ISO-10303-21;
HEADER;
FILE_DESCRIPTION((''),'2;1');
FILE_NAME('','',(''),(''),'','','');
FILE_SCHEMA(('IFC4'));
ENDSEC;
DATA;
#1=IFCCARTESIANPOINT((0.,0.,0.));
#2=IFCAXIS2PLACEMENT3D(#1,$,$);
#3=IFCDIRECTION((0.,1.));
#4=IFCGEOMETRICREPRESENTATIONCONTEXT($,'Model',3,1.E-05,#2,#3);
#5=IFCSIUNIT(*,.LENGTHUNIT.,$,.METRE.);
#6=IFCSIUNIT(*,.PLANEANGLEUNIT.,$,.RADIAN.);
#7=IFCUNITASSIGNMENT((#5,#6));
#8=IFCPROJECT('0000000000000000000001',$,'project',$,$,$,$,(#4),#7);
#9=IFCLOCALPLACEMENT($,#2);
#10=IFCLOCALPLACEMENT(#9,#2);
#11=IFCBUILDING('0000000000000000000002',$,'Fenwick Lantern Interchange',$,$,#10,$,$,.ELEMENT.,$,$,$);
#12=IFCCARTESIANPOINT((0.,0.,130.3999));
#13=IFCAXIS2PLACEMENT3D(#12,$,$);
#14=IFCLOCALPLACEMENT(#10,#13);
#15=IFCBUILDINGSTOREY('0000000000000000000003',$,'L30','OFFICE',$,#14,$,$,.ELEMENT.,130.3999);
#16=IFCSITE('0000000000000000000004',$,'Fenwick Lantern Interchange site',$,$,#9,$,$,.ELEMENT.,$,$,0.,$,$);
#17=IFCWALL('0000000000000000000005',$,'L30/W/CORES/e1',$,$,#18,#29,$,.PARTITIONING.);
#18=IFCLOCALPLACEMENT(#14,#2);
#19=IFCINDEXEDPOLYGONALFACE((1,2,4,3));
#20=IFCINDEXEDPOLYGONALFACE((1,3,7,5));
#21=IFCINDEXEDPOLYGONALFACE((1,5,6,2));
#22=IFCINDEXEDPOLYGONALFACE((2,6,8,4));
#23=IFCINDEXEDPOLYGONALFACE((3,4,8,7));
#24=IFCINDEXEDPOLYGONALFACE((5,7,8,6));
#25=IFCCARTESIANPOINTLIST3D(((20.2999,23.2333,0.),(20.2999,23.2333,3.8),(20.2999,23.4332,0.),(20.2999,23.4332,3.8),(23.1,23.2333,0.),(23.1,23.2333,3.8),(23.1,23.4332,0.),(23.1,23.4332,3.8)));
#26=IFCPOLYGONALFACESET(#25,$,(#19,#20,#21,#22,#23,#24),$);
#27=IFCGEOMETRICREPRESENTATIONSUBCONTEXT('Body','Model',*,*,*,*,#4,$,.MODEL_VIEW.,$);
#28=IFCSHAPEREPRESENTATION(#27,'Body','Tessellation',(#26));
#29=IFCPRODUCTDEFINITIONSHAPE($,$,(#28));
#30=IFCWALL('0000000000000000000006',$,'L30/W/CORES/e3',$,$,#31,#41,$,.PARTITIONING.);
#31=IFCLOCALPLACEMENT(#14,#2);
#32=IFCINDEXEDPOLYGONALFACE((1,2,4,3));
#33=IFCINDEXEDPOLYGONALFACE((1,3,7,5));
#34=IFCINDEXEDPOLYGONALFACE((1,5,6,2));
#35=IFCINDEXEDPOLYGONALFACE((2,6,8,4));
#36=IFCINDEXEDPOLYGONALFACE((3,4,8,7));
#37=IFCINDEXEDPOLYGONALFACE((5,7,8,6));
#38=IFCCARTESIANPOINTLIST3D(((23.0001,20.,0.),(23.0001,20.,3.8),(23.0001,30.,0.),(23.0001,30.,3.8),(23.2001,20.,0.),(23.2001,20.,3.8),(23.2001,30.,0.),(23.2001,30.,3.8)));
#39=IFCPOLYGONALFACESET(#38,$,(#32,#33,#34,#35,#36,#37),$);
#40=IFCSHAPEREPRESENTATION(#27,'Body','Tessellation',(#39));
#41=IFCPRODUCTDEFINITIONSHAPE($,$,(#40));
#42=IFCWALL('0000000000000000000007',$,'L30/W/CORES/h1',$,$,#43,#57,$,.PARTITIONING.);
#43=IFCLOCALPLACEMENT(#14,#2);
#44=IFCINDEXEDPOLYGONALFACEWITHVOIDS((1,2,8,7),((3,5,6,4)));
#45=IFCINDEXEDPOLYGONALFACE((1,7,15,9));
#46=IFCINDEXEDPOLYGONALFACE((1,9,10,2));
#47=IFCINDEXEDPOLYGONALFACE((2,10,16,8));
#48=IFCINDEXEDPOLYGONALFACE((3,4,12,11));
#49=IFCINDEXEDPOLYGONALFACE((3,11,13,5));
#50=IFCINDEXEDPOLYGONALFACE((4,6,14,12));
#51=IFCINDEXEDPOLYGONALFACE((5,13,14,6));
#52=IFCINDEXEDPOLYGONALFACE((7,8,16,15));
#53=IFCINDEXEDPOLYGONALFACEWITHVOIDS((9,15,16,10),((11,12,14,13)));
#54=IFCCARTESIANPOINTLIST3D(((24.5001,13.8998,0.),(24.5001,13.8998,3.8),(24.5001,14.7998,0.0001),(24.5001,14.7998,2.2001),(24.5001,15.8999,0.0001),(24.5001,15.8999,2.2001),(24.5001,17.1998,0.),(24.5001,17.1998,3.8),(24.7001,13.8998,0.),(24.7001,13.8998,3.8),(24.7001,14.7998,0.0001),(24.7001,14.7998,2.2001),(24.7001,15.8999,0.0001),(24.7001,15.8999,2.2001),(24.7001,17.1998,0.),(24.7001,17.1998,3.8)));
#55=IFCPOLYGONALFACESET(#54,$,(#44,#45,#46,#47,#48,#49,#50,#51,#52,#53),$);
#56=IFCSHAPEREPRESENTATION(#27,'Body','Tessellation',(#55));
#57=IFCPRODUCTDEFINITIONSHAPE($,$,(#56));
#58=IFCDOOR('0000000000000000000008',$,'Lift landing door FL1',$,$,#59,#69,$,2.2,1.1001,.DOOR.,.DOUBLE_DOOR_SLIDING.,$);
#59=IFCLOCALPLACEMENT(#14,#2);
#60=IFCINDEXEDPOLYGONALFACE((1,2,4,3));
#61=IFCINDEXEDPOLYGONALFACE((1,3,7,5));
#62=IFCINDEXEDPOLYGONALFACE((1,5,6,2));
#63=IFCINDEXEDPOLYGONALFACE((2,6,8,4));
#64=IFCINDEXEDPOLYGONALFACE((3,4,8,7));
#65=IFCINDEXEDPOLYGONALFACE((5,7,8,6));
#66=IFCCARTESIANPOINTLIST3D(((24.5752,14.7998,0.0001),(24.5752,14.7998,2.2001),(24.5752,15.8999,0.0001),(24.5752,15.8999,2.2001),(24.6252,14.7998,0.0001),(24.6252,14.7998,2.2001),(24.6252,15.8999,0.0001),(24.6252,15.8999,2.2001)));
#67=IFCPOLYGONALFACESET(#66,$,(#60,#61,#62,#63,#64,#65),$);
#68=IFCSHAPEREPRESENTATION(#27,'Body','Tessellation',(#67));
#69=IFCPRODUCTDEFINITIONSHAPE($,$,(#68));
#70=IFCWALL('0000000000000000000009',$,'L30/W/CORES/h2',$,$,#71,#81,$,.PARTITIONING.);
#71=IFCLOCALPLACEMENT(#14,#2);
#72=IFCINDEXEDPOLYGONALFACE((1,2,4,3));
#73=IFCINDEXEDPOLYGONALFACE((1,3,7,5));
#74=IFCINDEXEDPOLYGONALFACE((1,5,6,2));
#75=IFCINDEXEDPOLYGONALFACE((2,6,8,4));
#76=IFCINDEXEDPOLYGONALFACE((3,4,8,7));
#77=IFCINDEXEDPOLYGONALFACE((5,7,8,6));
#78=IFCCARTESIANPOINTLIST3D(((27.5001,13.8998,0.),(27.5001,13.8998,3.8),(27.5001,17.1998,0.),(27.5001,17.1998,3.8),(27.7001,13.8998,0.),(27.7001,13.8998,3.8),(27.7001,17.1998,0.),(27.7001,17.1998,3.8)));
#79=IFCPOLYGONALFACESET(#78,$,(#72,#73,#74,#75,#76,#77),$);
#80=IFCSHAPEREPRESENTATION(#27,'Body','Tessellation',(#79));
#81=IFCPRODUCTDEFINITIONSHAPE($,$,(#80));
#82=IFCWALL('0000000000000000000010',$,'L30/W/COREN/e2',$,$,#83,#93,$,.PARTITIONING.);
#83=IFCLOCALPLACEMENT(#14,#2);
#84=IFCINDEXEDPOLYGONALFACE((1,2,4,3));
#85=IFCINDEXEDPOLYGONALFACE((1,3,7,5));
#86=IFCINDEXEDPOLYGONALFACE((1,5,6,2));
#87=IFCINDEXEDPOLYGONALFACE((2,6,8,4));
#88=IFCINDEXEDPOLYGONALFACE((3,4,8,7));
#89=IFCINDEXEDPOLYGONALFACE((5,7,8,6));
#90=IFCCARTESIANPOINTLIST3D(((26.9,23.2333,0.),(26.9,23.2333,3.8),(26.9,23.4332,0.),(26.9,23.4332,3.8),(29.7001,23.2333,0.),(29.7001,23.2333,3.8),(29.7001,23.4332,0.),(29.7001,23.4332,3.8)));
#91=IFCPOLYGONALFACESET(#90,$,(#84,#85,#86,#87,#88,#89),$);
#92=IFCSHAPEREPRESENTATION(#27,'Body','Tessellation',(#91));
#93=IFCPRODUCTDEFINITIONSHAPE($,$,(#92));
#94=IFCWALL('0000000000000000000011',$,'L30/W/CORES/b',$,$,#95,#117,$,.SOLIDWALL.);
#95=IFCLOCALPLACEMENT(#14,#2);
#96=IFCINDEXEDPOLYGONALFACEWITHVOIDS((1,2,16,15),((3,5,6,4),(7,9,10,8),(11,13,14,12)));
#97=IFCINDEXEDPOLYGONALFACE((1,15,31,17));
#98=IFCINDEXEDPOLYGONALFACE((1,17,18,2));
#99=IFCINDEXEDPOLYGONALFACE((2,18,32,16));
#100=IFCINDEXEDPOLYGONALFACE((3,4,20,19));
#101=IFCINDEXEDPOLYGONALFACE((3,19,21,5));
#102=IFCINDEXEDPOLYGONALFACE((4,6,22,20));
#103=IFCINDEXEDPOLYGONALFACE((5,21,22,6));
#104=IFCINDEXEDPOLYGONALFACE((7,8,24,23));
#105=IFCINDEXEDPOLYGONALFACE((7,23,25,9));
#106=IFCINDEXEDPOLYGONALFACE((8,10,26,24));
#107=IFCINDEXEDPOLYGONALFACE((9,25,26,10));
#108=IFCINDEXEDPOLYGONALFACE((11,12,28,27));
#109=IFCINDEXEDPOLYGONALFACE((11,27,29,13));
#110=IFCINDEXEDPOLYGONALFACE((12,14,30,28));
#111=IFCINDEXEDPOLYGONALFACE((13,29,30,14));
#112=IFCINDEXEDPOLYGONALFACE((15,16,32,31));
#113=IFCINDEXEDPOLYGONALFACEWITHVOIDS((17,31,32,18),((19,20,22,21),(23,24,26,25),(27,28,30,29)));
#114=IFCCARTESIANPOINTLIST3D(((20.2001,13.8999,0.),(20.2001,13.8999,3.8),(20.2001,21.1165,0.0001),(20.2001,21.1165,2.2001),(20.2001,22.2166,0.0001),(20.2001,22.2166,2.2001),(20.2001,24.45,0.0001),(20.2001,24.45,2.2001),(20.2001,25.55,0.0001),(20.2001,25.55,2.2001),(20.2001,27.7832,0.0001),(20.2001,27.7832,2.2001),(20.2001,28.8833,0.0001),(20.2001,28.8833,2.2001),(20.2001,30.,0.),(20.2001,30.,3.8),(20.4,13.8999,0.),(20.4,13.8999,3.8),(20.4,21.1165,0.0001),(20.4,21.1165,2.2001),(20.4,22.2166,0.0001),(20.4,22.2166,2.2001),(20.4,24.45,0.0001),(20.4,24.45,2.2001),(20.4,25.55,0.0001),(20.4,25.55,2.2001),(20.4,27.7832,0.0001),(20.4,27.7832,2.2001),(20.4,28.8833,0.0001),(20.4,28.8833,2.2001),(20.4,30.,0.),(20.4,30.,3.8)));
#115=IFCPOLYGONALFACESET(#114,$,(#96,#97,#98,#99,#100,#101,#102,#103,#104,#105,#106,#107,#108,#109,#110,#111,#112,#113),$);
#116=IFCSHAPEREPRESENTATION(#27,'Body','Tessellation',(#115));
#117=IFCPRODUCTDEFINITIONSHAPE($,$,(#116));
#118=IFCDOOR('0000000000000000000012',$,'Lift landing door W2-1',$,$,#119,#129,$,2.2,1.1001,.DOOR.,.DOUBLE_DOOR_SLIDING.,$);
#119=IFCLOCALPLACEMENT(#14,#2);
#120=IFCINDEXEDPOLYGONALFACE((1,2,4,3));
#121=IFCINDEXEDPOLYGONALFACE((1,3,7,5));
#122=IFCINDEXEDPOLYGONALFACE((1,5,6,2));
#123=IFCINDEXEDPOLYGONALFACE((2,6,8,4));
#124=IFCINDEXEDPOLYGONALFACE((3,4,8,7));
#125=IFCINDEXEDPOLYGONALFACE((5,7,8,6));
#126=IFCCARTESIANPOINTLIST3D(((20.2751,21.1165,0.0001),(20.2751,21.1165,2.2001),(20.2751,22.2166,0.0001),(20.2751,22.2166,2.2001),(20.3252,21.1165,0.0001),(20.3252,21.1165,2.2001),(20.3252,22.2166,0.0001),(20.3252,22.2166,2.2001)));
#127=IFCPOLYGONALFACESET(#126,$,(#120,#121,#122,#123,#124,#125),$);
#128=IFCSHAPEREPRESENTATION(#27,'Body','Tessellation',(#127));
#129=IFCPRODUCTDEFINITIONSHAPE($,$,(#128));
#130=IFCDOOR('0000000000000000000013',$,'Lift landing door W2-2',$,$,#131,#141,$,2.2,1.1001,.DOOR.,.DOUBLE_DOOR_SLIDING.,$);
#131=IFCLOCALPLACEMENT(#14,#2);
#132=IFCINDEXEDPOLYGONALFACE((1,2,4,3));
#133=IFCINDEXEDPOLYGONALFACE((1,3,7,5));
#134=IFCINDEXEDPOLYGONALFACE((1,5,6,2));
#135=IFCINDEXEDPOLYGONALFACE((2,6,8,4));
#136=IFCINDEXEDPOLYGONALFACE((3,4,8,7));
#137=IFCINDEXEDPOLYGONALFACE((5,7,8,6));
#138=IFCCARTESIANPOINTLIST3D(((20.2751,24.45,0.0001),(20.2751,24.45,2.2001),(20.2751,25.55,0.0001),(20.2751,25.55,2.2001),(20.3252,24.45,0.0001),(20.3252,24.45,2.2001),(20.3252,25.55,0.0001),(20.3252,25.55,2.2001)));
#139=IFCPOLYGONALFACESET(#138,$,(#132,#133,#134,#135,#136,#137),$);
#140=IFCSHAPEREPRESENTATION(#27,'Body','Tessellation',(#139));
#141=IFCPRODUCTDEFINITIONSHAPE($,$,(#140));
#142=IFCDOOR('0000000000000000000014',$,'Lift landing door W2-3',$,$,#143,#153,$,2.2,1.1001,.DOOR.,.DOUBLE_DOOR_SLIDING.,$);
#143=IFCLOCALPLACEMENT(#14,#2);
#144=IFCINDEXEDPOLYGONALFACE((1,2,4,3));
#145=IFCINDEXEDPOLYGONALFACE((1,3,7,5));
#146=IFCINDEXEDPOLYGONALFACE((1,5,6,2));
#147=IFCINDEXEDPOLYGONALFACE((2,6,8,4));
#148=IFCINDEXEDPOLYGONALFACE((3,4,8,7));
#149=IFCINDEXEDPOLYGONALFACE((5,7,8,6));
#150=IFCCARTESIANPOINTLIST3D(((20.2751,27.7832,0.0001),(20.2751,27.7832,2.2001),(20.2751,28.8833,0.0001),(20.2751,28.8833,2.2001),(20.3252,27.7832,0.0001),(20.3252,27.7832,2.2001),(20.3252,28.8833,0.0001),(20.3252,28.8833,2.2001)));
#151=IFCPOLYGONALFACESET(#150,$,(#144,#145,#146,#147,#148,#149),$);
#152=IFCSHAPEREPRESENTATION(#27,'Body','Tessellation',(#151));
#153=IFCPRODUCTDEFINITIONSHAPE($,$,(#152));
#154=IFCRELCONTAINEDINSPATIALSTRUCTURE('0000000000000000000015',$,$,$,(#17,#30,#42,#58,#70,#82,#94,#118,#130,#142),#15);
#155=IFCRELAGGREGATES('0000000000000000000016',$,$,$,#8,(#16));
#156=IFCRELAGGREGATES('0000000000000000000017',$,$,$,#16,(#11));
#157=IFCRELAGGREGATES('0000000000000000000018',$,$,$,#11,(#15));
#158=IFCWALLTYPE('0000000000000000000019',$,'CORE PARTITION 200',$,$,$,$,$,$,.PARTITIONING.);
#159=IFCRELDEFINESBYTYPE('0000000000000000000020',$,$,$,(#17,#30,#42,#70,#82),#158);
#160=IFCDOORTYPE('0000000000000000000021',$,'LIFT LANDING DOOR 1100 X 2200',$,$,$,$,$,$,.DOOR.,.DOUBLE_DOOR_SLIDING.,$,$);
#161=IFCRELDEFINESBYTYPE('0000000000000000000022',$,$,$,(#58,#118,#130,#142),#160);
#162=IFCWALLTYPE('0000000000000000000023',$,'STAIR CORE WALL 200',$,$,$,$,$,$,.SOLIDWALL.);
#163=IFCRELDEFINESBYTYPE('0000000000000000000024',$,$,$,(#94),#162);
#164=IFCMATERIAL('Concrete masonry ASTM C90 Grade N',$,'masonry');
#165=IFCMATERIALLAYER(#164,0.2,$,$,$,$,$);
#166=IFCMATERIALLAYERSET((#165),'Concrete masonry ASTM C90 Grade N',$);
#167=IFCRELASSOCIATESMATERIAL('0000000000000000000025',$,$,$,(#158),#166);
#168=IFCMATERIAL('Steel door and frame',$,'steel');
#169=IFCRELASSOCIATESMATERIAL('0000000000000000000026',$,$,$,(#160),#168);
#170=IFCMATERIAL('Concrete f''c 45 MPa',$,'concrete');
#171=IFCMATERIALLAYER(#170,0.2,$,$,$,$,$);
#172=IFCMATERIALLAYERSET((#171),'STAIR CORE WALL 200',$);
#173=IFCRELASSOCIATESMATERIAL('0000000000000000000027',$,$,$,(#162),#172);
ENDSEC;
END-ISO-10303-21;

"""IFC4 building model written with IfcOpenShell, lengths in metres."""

from ifc_helpers import new_model, si_unit, direction, frame, frame_2d, origin, place, context, subcontext, project, spatial, rectangle, extrude, material, layer, layer_set, type_object, element, fill, save


model = new_model("IFC4")

# Units and contexts
model_context = context("Model", 3, precision=1e-05, world=origin(), true_north=direction((0.0, 1.0)))
body_context = subcontext(model_context, "Body", "Model", "MODEL_VIEW")
ifc_project = project(units=[si_unit("LENGTHUNIT", "METRE"), si_unit("PLANEANGLEUNIT", "RADIAN")], contexts=[model_context])

# Site, building, storey
site_placement = place(None, origin())
site = spatial("IfcSite", under=ifc_project, at=site_placement, Name="Fenwick Lantern Interchange site", CompositionType="ELEMENT", RefElevation=0.0)
building_placement = place(site_placement, origin())
building = spatial("IfcBuilding", under=site, at=building_placement, Name="Fenwick Lantern Interchange", CompositionType="ELEMENT")
storey_placement = place(building_placement, frame((0.0, 0.0, 130.3999)))
storey = spatial("IfcBuildingStorey", under=building, at=storey_placement, Name="L30", Description="OFFICE", CompositionType="ELEMENT", Elevation=130.3999)

# Walls
ifc_material_1 = material(Name="Concrete masonry ASTM C90 Grade N", Category="masonry")
ifc_layer_1 = layer(ifc_material_1, 0.2)
ifc_layer_set_1 = layer_set([ifc_layer_1], Name="Concrete masonry ASTM C90 Grade N")
wall_type_1 = type_object("IfcWallType", Name="CORE PARTITION 200", PredefinedType="PARTITIONING", material=ifc_layer_set_1)
wall_1_placement = place(storey_placement, frame((20.3, 23.3333, 0.0), z_axis=(0.0, 0.0, 1.0), x_axis=(1.0, 0.0, 0.0)))
element("IfcWall", 1, at=wall_1_placement, inside=storey, type_object=wall_type_1, Name="L30/W/CORES/e1", PredefinedType="PARTITIONING", context=body_context, shape_type="SweptSolid", body=[
    extrude(rectangle(XDim=2.8, YDim=0.2, at=frame_2d((1.3999, 0.0))), origin(), (0.0, 0.0, 1.0), 3.8),
])
wall_2_placement = place(storey_placement, frame((23.1001, 20.0, 0.0), z_axis=(0.0, 0.0, 1.0), x_axis=(0.0, 1.0, 0.0)))
element("IfcWall", 2, at=wall_2_placement, inside=storey, type_object=wall_type_1, Name="L30/W/CORES/e3", PredefinedType="PARTITIONING", context=body_context, shape_type="SweptSolid", body=[
    extrude(rectangle(XDim=10.0, YDim=0.2, at=frame_2d((5.0, 0.0))), origin(), (0.0, 0.0, 1.0), 3.8),
])

# Wall, opening, door
wall_3_placement = place(storey_placement, frame((24.6001, 13.8999, 0.0), z_axis=(0.0, 0.0, 1.0), x_axis=(0.0, 1.0, 0.0)))
wall_3 = element("IfcWall", 3, at=wall_3_placement, inside=storey, type_object=wall_type_1, Name="L30/W/CORES/h1", PredefinedType="PARTITIONING", context=body_context, shape_type="SweptSolid", body=[
    extrude(rectangle(XDim=3.3, YDim=0.2, at=frame_2d((1.6499, 0.0))), origin(), (0.0, 0.0, 1.0), 3.8),
])
opening_1_placement = place(wall_3_placement, frame((0.8999, 0.0, 0.0)))
opening_1 = element("IfcOpeningElement", 4, at=opening_1_placement, cuts=wall_3, PredefinedType="OPENING", context=body_context, shape_type="SweptSolid", body=[
    extrude(rectangle(XDim=1.1001, YDim=2.2, at=frame_2d((0.55, 1.1001))), frame((0.0, 0.1099, 0.0), z_axis=(0.0, -1.0, 0.0), x_axis=(1.0, 0.0, 0.0)), (0.0, 0.0, 1.0), 0.22),
])
ifc_material_2 = material(Name="Steel door and frame", Category="steel")
door_type_1 = type_object("IfcDoorType", Name="LIFT LANDING DOOR 1100 X 2200", OperationType="DOUBLE_DOOR_SLIDING", PredefinedType="DOOR", material=ifc_material_2)
door_1_placement = place(opening_1_placement, origin())
door_1 = element("IfcDoor", 5, at=door_1_placement, inside=storey, type_object=door_type_1, Name="Lift landing door FL1", OperationType="DOUBLE_DOOR_SLIDING", OverallHeight=2.2, OverallWidth=1.1001, PredefinedType="DOOR", context=body_context, shape_type="SweptSolid", body=[
    extrude(rectangle(XDim=1.1001, YDim=2.2, at=frame_2d((0.55, 1.1001))), frame((0.0, 0.0249, 0.0), z_axis=(0.0, -1.0, 0.0), x_axis=(1.0, 0.0, 0.0)), (0.0, 0.0, 1.0), 0.05),
])
fill(opening_1, door_1)

# Walls
wall_4_placement = place(storey_placement, frame((27.6001, 13.8999, 0.0), z_axis=(0.0, 0.0, 1.0), x_axis=(0.0, 1.0, 0.0)))
element("IfcWall", 6, at=wall_4_placement, inside=storey, type_object=wall_type_1, Name="L30/W/CORES/h2", PredefinedType="PARTITIONING", context=body_context, shape_type="SweptSolid", body=[
    extrude(rectangle(XDim=3.3, YDim=0.2, at=frame_2d((1.6499, 0.0))), origin(), (0.0, 0.0, 1.0), 3.8),
])
wall_5_placement = place(storey_placement, frame((29.7, 23.3333, 0.0), z_axis=(0.0, 0.0, 1.0), x_axis=(-1.0, 0.0, 0.0)))
element("IfcWall", 7, at=wall_5_placement, inside=storey, type_object=wall_type_1, Name="L30/W/COREN/e2", PredefinedType="PARTITIONING", context=body_context, shape_type="SweptSolid", body=[
    extrude(rectangle(XDim=2.8, YDim=0.2, at=frame_2d((1.3999, 0.0))), origin(), (0.0, 0.0, 1.0), 3.8),
])

# Wall, openings, doors
ifc_material_3 = material(Name="Concrete f'c 45 MPa", Category="concrete")
ifc_layer_2 = layer(ifc_material_3, 0.2)
ifc_layer_set_2 = layer_set([ifc_layer_2], Name="STAIR CORE WALL 200")
wall_type_2 = type_object("IfcWallType", Name="STAIR CORE WALL 200", PredefinedType="SOLIDWALL", material=ifc_layer_set_2)
wall_6_placement = place(storey_placement, frame((20.3, 13.8999, 0.0), z_axis=(0.0, 0.0, 1.0), x_axis=(0.0, 1.0, 0.0)))
wall_6 = element("IfcWall", 8, at=wall_6_placement, inside=storey, type_object=wall_type_2, Name="L30/W/CORES/b", PredefinedType="SOLIDWALL", context=body_context, shape_type="SweptSolid", body=[
    extrude(rectangle(XDim=16.1001, YDim=0.2, at=frame_2d((8.05, 0.0))), origin(), (0.0, 0.0, 1.0), 3.8),
])
opening_2_placement = place(wall_6_placement, frame((7.2166, 0.0, 0.0)))
opening_2 = element("IfcOpeningElement", 9, at=opening_2_placement, cuts=wall_6, PredefinedType="OPENING", context=body_context, shape_type="SweptSolid", body=[
    extrude(rectangle(XDim=1.1001, YDim=2.2, at=frame_2d((0.55, 1.1001))), frame((0.0, 0.1099, 0.0), z_axis=(0.0, -1.0, 0.0), x_axis=(1.0, 0.0, 0.0)), (0.0, 0.0, 1.0), 0.22),
])
opening_3_placement = place(wall_6_placement, frame((10.55, 0.0, 0.0)))
opening_3 = element("IfcOpeningElement", 10, at=opening_3_placement, cuts=wall_6, PredefinedType="OPENING", context=body_context, shape_type="SweptSolid", body=[
    extrude(rectangle(XDim=1.1001, YDim=2.2, at=frame_2d((0.55, 1.1001))), frame((0.0, 0.1099, 0.0), z_axis=(0.0, -1.0, 0.0), x_axis=(1.0, 0.0, 0.0)), (0.0, 0.0, 1.0), 0.22),
])
opening_4_placement = place(wall_6_placement, frame((13.8833, 0.0, 0.0)))
opening_4 = element("IfcOpeningElement", 11, at=opening_4_placement, cuts=wall_6, PredefinedType="OPENING", context=body_context, shape_type="SweptSolid", body=[
    extrude(rectangle(XDim=1.1001, YDim=2.2, at=frame_2d((0.55, 1.1001))), frame((0.0, 0.1099, 0.0), z_axis=(0.0, -1.0, 0.0), x_axis=(1.0, 0.0, 0.0)), (0.0, 0.0, 1.0), 0.22),
])
door_2_placement = place(opening_2_placement, origin())
door_2 = element("IfcDoor", 12, at=door_2_placement, inside=storey, type_object=door_type_1, Name="Lift landing door W2-1", OperationType="DOUBLE_DOOR_SLIDING", OverallHeight=2.2, OverallWidth=1.1001, PredefinedType="DOOR", context=body_context, shape_type="SweptSolid", body=[
    extrude(rectangle(XDim=1.1001, YDim=2.2, at=frame_2d((0.55, 1.1001))), frame((0.0, 0.0249, 0.0), z_axis=(0.0, -1.0, 0.0), x_axis=(1.0, 0.0, 0.0)), (0.0, 0.0, 1.0), 0.05),
])
fill(opening_2, door_2)
door_3_placement = place(opening_3_placement, origin())
door_3 = element("IfcDoor", 13, at=door_3_placement, inside=storey, type_object=door_type_1, Name="Lift landing door W2-2", OperationType="DOUBLE_DOOR_SLIDING", OverallHeight=2.2, OverallWidth=1.1001, PredefinedType="DOOR", context=body_context, shape_type="SweptSolid", body=[
    extrude(rectangle(XDim=1.1001, YDim=2.2, at=frame_2d((0.55, 1.1001))), frame((0.0, 0.0249, 0.0), z_axis=(0.0, -1.0, 0.0), x_axis=(1.0, 0.0, 0.0)), (0.0, 0.0, 1.0), 0.05),
])
fill(opening_3, door_3)
door_4_placement = place(opening_4_placement, origin())
door_4 = element("IfcDoor", 14, at=door_4_placement, inside=storey, type_object=door_type_1, Name="Lift landing door W2-3", OperationType="DOUBLE_DOOR_SLIDING", OverallHeight=2.2, OverallWidth=1.1001, PredefinedType="DOOR", context=body_context, shape_type="SweptSolid", body=[
    extrude(rectangle(XDim=1.1001, YDim=2.2, at=frame_2d((0.55, 1.1001))), frame((0.0, 0.0249, 0.0), z_axis=(0.0, -1.0, 0.0), x_axis=(1.0, 0.0, 0.0)), (0.0, 0.0, 1.0), 0.05),
])
fill(opening_4, door_4)

save(model, "model.ifc")
